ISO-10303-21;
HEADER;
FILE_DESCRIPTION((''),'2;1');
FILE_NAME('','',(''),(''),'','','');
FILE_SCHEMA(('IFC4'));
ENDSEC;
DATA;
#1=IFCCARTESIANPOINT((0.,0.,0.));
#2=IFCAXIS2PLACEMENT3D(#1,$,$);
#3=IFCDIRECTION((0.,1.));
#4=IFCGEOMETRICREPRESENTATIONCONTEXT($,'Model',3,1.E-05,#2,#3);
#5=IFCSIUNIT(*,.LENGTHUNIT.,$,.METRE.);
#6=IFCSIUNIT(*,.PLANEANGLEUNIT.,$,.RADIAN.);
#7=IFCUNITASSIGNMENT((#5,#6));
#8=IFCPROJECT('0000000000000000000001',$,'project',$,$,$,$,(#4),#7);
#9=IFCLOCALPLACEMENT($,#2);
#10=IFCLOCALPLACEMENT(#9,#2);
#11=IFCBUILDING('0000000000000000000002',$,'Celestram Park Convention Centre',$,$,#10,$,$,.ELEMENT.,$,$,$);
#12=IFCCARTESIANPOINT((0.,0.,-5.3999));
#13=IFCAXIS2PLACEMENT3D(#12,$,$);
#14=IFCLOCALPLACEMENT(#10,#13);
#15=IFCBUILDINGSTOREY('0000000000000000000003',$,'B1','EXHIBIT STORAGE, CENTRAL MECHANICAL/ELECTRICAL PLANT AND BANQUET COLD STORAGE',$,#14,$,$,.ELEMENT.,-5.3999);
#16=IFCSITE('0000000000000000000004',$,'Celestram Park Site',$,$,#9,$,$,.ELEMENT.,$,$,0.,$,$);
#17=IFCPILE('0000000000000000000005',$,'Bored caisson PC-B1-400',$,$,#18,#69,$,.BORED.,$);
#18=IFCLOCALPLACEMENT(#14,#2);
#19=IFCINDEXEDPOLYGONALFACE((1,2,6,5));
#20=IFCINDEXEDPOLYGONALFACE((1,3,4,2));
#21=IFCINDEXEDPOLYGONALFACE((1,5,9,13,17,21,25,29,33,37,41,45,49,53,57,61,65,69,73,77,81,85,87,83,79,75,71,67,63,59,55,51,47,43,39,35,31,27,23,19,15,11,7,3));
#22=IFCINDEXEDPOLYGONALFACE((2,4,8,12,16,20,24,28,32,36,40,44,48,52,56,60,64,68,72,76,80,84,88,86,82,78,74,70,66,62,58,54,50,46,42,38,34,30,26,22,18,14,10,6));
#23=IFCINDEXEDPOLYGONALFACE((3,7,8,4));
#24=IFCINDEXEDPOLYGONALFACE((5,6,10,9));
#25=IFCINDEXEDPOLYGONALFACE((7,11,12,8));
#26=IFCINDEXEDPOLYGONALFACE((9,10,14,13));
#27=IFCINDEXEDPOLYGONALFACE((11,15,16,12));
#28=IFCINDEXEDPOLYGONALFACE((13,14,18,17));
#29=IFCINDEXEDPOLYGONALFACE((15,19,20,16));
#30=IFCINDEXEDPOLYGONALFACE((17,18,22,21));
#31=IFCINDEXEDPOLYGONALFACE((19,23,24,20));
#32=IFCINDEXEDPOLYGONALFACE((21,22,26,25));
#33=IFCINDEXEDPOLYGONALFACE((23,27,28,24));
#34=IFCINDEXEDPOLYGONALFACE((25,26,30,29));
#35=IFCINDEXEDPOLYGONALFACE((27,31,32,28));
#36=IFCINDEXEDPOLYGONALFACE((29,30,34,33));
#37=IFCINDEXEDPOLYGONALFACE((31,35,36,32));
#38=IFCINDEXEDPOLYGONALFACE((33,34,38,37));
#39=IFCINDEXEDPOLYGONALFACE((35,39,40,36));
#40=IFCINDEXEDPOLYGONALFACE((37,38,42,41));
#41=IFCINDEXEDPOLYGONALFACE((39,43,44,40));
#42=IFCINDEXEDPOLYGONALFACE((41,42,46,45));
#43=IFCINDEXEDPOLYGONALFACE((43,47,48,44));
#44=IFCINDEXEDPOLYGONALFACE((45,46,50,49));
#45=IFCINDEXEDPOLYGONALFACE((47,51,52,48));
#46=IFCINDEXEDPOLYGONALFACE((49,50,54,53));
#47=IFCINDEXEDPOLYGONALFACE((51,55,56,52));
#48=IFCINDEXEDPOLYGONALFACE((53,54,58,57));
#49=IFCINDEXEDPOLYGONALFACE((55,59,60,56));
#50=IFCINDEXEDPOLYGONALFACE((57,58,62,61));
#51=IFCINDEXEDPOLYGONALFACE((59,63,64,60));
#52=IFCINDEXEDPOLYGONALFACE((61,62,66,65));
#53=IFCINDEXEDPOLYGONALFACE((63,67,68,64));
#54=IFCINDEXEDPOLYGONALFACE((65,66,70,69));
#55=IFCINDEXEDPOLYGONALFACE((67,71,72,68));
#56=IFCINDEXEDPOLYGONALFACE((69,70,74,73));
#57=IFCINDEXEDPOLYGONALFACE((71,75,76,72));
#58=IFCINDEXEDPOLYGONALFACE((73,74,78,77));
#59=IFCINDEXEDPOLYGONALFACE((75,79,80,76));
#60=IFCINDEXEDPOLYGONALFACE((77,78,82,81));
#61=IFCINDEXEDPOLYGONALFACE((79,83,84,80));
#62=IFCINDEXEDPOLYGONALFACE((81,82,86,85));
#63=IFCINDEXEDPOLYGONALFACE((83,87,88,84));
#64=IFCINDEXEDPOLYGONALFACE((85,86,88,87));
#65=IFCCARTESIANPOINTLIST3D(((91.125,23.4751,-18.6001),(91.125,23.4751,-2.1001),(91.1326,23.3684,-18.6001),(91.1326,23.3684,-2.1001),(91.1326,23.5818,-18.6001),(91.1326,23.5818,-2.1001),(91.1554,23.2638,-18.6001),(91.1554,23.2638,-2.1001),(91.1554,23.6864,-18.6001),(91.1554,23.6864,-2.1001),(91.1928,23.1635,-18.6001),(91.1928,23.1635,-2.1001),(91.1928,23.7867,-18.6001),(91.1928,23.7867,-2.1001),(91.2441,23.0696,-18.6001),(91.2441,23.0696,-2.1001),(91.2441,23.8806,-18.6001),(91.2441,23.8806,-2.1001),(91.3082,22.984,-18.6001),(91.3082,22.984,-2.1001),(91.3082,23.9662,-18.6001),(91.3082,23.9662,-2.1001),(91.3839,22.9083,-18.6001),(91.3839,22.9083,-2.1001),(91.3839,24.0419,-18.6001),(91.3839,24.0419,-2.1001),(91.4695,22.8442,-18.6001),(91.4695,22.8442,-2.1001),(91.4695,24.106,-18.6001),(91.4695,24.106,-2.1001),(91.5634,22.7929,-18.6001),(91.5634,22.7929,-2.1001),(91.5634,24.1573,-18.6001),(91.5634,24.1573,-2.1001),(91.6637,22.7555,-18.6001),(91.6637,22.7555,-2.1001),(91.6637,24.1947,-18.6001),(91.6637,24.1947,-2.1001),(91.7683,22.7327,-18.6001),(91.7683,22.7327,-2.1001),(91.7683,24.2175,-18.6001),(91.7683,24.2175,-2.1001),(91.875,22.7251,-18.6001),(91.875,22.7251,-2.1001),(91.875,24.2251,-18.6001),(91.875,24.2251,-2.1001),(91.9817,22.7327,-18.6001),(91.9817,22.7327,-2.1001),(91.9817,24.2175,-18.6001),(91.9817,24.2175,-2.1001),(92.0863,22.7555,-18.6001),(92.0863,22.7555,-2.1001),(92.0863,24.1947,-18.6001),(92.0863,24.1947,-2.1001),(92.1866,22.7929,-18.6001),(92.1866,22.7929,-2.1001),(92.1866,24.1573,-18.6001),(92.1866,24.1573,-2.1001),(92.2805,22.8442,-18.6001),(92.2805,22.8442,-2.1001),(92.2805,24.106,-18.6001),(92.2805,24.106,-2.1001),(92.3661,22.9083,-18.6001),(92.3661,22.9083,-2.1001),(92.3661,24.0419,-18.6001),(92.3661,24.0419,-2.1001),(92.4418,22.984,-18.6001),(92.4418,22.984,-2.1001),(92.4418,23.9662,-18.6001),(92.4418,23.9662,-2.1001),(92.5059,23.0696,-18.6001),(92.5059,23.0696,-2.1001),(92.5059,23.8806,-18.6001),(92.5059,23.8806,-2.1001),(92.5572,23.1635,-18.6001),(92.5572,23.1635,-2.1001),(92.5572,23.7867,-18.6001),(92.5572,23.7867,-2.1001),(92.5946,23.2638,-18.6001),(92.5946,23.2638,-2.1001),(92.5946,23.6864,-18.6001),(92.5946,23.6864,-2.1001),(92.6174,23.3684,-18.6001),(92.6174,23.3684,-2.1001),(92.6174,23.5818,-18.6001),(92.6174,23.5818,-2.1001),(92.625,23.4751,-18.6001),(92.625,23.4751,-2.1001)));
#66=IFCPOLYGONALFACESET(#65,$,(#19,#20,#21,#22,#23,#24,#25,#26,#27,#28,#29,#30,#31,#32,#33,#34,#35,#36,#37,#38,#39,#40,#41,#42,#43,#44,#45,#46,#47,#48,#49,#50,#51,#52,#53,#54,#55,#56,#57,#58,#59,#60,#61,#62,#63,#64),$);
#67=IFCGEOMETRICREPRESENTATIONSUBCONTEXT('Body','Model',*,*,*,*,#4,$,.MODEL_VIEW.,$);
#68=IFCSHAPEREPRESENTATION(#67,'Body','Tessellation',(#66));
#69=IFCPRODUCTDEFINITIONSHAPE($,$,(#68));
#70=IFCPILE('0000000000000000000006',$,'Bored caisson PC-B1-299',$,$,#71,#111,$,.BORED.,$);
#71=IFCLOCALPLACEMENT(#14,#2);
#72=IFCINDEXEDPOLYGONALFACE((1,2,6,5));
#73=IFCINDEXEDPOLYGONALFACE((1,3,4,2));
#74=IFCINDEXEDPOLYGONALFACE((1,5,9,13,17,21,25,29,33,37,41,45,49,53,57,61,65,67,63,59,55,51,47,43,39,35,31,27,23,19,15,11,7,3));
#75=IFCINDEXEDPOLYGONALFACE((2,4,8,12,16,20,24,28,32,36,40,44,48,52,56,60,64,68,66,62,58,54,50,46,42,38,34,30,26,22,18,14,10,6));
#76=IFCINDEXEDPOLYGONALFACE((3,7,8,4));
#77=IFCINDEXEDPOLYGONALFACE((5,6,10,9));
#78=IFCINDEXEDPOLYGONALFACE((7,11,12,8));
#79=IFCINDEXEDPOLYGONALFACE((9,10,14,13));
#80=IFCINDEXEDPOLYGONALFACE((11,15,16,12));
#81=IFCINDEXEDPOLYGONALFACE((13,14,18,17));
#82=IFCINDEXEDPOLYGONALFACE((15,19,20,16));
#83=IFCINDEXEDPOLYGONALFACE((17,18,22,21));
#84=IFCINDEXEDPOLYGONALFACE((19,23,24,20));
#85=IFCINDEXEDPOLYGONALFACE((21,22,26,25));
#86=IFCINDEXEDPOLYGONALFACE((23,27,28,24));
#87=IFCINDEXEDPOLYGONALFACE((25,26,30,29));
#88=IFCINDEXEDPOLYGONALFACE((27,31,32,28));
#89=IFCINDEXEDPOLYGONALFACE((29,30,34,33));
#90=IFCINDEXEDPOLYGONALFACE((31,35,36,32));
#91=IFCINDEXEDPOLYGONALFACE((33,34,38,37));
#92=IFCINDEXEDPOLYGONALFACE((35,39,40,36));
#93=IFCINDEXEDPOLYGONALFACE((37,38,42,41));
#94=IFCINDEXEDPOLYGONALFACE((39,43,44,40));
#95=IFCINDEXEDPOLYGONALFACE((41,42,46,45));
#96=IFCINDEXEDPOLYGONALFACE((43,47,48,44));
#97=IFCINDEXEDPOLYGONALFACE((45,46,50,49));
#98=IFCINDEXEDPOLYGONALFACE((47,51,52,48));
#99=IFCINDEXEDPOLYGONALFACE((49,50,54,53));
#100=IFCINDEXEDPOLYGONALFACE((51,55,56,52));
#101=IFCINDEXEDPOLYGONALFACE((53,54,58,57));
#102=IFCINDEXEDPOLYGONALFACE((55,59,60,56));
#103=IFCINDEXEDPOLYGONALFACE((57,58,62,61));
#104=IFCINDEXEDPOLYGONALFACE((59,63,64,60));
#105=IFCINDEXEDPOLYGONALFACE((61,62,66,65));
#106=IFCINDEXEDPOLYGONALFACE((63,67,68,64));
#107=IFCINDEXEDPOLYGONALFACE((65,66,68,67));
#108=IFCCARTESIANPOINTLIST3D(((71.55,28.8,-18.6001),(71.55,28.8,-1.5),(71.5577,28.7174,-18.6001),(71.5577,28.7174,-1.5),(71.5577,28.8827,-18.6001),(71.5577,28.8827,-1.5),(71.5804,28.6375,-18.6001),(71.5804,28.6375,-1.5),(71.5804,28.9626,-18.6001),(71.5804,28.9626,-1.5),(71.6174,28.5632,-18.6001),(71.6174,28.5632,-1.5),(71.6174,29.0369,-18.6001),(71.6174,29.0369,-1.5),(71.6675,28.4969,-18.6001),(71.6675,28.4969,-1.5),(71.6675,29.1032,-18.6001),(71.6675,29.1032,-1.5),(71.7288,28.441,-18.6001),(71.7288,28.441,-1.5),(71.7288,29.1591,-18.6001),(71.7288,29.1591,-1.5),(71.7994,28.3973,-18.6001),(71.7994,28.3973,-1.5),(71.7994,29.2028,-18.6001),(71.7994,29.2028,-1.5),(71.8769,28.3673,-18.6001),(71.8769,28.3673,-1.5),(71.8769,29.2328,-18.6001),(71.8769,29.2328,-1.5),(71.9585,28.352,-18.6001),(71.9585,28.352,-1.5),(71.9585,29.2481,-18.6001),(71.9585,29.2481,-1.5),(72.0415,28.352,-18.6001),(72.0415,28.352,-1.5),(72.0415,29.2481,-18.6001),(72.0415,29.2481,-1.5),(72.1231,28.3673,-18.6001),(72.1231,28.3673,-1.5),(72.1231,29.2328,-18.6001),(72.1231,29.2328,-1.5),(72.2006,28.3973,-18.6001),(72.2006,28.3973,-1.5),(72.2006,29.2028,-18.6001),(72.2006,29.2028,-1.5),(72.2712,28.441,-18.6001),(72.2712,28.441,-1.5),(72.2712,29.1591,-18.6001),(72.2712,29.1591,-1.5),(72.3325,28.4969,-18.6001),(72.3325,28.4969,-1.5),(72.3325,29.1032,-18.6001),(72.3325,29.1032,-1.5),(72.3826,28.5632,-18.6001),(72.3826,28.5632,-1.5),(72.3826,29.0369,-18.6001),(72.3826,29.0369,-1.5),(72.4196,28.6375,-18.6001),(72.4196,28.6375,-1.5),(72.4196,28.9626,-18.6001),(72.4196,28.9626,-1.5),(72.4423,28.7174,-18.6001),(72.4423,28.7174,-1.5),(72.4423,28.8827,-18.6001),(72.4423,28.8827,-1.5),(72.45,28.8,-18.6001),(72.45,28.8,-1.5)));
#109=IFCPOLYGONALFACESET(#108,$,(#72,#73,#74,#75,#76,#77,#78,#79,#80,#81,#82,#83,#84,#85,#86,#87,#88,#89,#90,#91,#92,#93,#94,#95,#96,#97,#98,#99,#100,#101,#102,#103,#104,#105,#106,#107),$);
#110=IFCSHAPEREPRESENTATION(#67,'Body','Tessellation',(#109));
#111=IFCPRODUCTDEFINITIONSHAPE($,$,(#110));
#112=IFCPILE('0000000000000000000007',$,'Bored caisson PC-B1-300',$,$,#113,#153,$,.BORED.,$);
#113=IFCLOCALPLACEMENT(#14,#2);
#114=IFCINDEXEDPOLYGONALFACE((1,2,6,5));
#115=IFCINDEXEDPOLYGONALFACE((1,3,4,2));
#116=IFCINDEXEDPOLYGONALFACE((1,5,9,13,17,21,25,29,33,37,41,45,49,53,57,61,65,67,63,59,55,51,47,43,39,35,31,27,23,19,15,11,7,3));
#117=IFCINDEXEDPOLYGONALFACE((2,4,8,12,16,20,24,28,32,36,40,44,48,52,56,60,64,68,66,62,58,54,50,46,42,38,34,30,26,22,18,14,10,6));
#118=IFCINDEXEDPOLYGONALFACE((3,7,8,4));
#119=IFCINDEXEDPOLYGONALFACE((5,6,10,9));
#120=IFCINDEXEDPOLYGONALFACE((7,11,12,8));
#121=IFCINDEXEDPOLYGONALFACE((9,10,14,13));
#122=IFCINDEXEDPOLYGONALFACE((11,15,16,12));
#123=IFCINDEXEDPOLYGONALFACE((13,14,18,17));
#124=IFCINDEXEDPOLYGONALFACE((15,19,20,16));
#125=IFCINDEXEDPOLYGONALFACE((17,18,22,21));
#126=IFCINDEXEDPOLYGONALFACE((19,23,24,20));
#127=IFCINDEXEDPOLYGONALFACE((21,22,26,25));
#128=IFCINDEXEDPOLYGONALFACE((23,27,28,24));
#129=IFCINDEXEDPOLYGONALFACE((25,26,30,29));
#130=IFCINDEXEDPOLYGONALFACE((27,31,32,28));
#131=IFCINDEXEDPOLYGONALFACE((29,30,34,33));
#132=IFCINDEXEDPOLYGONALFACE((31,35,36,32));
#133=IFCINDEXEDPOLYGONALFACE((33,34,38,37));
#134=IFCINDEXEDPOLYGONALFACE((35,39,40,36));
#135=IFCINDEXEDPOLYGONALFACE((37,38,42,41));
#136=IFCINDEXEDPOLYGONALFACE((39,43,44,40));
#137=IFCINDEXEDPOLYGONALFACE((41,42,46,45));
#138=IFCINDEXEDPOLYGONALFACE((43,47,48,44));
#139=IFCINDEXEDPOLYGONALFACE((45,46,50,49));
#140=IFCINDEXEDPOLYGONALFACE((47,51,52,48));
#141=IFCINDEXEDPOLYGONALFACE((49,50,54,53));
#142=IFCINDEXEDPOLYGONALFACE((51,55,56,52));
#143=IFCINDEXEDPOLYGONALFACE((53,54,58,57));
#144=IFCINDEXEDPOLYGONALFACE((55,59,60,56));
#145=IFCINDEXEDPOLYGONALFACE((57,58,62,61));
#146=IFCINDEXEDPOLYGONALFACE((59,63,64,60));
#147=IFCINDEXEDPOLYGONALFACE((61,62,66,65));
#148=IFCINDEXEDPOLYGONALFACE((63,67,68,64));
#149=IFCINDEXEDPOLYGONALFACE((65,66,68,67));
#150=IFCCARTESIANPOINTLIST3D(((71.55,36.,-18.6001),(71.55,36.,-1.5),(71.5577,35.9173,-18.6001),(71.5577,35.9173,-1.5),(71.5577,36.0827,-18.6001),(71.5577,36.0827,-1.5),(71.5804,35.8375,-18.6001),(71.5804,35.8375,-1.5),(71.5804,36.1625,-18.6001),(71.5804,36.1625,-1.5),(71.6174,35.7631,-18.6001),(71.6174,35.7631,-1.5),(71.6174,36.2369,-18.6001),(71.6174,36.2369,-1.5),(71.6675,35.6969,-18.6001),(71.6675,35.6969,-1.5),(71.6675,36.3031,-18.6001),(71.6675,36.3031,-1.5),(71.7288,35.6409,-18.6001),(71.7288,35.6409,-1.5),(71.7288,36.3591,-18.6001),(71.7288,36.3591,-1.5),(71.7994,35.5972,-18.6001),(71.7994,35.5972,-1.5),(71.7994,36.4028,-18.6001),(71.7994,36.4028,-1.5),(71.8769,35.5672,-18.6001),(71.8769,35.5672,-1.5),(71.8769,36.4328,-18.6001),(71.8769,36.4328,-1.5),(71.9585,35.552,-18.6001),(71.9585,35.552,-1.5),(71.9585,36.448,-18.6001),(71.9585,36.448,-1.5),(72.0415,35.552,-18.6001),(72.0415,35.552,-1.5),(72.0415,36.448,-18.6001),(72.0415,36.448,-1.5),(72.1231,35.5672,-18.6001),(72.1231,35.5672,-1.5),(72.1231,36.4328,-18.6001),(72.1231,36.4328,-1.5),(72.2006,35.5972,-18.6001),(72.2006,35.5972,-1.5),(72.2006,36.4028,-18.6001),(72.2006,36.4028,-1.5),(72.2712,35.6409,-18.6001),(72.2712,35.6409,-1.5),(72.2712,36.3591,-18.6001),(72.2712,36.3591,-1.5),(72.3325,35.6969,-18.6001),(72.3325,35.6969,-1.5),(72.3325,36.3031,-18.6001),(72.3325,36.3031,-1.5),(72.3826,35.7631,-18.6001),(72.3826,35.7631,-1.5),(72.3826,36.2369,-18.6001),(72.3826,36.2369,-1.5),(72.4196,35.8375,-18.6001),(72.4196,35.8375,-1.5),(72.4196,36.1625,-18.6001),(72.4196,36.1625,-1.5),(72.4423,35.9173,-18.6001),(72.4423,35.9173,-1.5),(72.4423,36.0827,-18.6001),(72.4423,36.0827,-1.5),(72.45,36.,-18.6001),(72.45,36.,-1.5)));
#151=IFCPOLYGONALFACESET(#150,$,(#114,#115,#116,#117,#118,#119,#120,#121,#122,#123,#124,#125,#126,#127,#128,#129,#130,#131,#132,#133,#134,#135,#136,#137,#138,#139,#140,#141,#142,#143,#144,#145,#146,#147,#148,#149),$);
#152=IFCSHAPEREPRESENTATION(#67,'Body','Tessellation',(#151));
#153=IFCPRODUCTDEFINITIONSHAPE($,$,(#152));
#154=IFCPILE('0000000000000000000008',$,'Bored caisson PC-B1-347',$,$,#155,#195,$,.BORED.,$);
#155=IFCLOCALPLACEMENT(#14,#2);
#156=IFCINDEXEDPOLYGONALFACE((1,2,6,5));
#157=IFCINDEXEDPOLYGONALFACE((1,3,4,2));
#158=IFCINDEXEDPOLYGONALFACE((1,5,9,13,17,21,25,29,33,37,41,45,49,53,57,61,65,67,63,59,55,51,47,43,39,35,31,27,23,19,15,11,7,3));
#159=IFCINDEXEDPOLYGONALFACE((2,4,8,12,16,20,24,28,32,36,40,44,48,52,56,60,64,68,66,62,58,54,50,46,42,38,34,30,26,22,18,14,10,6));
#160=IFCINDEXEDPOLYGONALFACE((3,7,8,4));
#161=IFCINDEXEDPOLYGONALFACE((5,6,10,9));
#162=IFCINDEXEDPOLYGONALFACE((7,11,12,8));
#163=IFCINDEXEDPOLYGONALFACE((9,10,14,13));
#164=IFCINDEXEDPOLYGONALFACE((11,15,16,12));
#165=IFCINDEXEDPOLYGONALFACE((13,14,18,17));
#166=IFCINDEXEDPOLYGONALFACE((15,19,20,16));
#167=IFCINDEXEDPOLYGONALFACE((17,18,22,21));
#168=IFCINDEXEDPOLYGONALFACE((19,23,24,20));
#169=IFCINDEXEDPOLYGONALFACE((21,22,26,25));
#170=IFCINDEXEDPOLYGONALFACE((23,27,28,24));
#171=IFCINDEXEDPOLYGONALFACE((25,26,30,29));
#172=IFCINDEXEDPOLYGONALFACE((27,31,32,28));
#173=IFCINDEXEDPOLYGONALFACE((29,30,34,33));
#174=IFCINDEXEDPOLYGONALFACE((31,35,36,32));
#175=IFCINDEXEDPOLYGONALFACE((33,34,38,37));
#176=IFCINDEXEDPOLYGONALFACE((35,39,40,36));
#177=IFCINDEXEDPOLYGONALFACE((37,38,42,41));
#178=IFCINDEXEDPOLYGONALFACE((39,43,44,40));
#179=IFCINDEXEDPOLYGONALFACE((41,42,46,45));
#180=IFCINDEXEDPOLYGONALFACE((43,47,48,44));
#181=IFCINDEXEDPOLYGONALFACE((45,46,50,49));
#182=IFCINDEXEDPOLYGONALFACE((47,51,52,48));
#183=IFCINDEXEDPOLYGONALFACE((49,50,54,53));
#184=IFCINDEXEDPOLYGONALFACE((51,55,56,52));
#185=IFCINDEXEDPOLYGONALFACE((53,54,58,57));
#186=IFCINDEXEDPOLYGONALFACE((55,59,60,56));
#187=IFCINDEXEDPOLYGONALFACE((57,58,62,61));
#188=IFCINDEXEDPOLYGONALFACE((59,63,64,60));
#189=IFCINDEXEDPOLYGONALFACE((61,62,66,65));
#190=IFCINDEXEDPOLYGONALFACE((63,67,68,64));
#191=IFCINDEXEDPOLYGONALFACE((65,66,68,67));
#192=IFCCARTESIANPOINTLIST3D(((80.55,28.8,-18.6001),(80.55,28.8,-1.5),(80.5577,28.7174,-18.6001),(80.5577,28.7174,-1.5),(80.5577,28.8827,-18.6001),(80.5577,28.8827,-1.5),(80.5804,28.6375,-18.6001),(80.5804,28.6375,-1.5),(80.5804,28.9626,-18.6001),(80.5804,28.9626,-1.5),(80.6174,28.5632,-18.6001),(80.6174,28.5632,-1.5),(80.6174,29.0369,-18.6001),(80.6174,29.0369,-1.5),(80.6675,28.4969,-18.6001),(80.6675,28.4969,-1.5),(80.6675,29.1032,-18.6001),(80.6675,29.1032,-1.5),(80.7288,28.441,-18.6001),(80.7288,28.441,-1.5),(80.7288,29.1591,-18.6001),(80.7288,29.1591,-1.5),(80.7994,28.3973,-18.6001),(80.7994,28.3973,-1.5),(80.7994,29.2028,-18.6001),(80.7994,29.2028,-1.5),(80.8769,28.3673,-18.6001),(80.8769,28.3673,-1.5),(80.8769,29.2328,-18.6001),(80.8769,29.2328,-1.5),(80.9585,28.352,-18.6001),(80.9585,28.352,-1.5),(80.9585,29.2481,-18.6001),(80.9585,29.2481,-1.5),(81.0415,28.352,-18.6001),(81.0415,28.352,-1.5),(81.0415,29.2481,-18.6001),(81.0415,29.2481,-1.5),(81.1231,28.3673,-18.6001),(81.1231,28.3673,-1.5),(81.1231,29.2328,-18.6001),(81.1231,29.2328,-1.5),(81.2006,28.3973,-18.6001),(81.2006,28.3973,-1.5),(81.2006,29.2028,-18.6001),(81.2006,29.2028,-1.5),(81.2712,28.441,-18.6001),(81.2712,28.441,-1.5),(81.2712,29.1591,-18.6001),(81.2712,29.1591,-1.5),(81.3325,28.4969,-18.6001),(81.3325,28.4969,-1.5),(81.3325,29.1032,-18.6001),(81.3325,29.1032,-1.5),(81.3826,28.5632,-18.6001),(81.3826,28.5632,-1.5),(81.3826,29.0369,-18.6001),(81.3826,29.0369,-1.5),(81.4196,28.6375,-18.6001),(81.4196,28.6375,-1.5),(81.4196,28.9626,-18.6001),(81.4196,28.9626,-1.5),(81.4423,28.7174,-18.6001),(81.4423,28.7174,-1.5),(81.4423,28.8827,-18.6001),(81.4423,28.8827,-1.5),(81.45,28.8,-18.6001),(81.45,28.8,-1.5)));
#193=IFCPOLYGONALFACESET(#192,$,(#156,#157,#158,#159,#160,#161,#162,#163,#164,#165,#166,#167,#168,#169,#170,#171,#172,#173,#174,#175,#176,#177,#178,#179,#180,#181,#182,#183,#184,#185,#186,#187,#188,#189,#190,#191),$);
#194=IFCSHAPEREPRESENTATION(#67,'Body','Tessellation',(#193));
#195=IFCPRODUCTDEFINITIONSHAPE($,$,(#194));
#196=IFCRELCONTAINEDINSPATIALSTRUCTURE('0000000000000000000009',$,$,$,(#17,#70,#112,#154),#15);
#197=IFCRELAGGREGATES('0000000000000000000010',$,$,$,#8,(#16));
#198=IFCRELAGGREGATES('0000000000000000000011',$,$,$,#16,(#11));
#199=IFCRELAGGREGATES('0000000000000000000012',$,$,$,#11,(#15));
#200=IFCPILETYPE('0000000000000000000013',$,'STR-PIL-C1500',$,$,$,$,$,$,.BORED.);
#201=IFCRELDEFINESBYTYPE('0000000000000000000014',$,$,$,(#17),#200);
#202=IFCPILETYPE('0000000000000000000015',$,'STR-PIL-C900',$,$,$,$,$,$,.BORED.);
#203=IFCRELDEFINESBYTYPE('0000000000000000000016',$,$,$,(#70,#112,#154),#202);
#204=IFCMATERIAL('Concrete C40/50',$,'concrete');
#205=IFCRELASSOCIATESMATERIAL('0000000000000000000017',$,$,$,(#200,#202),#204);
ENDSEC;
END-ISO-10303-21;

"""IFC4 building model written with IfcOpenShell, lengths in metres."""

from ifc_helpers import new_model, si_unit, direction, frame, origin, origin_2d, place, context, subcontext, project, spatial, circle, extrude, material, material_profile, profile_set, type_object, element, save


model = new_model("IFC4")

# Units and contexts
model_context = context("Model", 3, precision=1e-05, world=origin(), true_north=direction((0.0, 1.0)))
body_context = subcontext(model_context, "Body", "Model", "MODEL_VIEW")
ifc_project = project(units=[si_unit("LENGTHUNIT", "METRE"), si_unit("PLANEANGLEUNIT", "RADIAN")], contexts=[model_context])

# Site, building, storey
site_placement = place(None, origin())
site = spatial("IfcSite", under=ifc_project, at=site_placement, Name="Celestram Park Site", CompositionType="ELEMENT", RefElevation=0.0)
building_placement = place(site_placement, origin())
building = spatial("IfcBuilding", under=site, at=building_placement, Name="Celestram Park Convention Centre", CompositionType="ELEMENT")
storey_placement = place(building_placement, frame((0.0, 0.0, -5.3999)))
storey = spatial("IfcBuildingStorey", under=building, at=storey_placement, Name="B1", Description="EXHIBIT STORAGE, CENTRAL MECHANICAL/ELECTRICAL PLANT AND BANQUET COLD STORAGE", CompositionType="ELEMENT", Elevation=-5.3999)

# Shared definitions
ifc_material_1 = material(Name="Concrete C40/50", Category="concrete")

# Piles
ifc_material_profile_1 = material_profile(ifc_material_1, circle(Radius=0.75, at=origin_2d()), Name="CAISSON1500")
ifc_profile_set_1 = profile_set([ifc_material_profile_1], Name="Concrete C40/50")
pile_type_1 = type_object("IfcPileType", Name="STR-PIL-C1500", PredefinedType="BORED", material=ifc_profile_set_1)
for number, where, z_axis, x_axis, name in (
    (1, (91.875, 23.4751, -2.1001), (0.0, 0.0, -1.0), (1.0, 0.0, 0.0), "Bored caisson PC-B1-400"),
):
    element("IfcPile", number, at=place(storey_placement, frame(where, z_axis=z_axis, x_axis=x_axis)), inside=storey, type_object=pile_type_1, Name=name, PredefinedType="BORED", context=body_context, shape_type="SweptSolid", body=[
        extrude(circle(Radius=0.75, at=origin_2d()), origin(), (0.0, 0.0, 1.0), 16.5),
    ])
ifc_material_profile_2 = material_profile(ifc_material_1, circle(Radius=0.45, at=origin_2d()), Name="CAISSON900")
ifc_profile_set_2 = profile_set([ifc_material_profile_2], Name="Concrete C40/50")
pile_type_2 = type_object("IfcPileType", Name="STR-PIL-C900", PredefinedType="BORED", material=ifc_profile_set_2)
for number, where, z_axis, x_axis, name in (
    (2, (72.0, 28.8, -1.5), (0.0, 0.0, -1.0), (1.0, 0.0, 0.0), "Bored caisson PC-B1-299"),
    (3, (72.0, 36.0, -1.5), (0.0, 0.0, -1.0), (1.0, 0.0, 0.0), "Bored caisson PC-B1-300"),
    (4, (81.0, 28.8, -1.5), (0.0, 0.0, -1.0), (1.0, 0.0, 0.0), "Bored caisson PC-B1-347"),
):
    element("IfcPile", number, at=place(storey_placement, frame(where, z_axis=z_axis, x_axis=x_axis)), inside=storey, type_object=pile_type_2, Name=name, PredefinedType="BORED", context=body_context, shape_type="SweptSolid", body=[
        extrude(circle(Radius=0.45, at=origin_2d()), origin(), (0.0, 0.0, 1.0), 17.1001),
    ])

save(model, "model.ifc")
